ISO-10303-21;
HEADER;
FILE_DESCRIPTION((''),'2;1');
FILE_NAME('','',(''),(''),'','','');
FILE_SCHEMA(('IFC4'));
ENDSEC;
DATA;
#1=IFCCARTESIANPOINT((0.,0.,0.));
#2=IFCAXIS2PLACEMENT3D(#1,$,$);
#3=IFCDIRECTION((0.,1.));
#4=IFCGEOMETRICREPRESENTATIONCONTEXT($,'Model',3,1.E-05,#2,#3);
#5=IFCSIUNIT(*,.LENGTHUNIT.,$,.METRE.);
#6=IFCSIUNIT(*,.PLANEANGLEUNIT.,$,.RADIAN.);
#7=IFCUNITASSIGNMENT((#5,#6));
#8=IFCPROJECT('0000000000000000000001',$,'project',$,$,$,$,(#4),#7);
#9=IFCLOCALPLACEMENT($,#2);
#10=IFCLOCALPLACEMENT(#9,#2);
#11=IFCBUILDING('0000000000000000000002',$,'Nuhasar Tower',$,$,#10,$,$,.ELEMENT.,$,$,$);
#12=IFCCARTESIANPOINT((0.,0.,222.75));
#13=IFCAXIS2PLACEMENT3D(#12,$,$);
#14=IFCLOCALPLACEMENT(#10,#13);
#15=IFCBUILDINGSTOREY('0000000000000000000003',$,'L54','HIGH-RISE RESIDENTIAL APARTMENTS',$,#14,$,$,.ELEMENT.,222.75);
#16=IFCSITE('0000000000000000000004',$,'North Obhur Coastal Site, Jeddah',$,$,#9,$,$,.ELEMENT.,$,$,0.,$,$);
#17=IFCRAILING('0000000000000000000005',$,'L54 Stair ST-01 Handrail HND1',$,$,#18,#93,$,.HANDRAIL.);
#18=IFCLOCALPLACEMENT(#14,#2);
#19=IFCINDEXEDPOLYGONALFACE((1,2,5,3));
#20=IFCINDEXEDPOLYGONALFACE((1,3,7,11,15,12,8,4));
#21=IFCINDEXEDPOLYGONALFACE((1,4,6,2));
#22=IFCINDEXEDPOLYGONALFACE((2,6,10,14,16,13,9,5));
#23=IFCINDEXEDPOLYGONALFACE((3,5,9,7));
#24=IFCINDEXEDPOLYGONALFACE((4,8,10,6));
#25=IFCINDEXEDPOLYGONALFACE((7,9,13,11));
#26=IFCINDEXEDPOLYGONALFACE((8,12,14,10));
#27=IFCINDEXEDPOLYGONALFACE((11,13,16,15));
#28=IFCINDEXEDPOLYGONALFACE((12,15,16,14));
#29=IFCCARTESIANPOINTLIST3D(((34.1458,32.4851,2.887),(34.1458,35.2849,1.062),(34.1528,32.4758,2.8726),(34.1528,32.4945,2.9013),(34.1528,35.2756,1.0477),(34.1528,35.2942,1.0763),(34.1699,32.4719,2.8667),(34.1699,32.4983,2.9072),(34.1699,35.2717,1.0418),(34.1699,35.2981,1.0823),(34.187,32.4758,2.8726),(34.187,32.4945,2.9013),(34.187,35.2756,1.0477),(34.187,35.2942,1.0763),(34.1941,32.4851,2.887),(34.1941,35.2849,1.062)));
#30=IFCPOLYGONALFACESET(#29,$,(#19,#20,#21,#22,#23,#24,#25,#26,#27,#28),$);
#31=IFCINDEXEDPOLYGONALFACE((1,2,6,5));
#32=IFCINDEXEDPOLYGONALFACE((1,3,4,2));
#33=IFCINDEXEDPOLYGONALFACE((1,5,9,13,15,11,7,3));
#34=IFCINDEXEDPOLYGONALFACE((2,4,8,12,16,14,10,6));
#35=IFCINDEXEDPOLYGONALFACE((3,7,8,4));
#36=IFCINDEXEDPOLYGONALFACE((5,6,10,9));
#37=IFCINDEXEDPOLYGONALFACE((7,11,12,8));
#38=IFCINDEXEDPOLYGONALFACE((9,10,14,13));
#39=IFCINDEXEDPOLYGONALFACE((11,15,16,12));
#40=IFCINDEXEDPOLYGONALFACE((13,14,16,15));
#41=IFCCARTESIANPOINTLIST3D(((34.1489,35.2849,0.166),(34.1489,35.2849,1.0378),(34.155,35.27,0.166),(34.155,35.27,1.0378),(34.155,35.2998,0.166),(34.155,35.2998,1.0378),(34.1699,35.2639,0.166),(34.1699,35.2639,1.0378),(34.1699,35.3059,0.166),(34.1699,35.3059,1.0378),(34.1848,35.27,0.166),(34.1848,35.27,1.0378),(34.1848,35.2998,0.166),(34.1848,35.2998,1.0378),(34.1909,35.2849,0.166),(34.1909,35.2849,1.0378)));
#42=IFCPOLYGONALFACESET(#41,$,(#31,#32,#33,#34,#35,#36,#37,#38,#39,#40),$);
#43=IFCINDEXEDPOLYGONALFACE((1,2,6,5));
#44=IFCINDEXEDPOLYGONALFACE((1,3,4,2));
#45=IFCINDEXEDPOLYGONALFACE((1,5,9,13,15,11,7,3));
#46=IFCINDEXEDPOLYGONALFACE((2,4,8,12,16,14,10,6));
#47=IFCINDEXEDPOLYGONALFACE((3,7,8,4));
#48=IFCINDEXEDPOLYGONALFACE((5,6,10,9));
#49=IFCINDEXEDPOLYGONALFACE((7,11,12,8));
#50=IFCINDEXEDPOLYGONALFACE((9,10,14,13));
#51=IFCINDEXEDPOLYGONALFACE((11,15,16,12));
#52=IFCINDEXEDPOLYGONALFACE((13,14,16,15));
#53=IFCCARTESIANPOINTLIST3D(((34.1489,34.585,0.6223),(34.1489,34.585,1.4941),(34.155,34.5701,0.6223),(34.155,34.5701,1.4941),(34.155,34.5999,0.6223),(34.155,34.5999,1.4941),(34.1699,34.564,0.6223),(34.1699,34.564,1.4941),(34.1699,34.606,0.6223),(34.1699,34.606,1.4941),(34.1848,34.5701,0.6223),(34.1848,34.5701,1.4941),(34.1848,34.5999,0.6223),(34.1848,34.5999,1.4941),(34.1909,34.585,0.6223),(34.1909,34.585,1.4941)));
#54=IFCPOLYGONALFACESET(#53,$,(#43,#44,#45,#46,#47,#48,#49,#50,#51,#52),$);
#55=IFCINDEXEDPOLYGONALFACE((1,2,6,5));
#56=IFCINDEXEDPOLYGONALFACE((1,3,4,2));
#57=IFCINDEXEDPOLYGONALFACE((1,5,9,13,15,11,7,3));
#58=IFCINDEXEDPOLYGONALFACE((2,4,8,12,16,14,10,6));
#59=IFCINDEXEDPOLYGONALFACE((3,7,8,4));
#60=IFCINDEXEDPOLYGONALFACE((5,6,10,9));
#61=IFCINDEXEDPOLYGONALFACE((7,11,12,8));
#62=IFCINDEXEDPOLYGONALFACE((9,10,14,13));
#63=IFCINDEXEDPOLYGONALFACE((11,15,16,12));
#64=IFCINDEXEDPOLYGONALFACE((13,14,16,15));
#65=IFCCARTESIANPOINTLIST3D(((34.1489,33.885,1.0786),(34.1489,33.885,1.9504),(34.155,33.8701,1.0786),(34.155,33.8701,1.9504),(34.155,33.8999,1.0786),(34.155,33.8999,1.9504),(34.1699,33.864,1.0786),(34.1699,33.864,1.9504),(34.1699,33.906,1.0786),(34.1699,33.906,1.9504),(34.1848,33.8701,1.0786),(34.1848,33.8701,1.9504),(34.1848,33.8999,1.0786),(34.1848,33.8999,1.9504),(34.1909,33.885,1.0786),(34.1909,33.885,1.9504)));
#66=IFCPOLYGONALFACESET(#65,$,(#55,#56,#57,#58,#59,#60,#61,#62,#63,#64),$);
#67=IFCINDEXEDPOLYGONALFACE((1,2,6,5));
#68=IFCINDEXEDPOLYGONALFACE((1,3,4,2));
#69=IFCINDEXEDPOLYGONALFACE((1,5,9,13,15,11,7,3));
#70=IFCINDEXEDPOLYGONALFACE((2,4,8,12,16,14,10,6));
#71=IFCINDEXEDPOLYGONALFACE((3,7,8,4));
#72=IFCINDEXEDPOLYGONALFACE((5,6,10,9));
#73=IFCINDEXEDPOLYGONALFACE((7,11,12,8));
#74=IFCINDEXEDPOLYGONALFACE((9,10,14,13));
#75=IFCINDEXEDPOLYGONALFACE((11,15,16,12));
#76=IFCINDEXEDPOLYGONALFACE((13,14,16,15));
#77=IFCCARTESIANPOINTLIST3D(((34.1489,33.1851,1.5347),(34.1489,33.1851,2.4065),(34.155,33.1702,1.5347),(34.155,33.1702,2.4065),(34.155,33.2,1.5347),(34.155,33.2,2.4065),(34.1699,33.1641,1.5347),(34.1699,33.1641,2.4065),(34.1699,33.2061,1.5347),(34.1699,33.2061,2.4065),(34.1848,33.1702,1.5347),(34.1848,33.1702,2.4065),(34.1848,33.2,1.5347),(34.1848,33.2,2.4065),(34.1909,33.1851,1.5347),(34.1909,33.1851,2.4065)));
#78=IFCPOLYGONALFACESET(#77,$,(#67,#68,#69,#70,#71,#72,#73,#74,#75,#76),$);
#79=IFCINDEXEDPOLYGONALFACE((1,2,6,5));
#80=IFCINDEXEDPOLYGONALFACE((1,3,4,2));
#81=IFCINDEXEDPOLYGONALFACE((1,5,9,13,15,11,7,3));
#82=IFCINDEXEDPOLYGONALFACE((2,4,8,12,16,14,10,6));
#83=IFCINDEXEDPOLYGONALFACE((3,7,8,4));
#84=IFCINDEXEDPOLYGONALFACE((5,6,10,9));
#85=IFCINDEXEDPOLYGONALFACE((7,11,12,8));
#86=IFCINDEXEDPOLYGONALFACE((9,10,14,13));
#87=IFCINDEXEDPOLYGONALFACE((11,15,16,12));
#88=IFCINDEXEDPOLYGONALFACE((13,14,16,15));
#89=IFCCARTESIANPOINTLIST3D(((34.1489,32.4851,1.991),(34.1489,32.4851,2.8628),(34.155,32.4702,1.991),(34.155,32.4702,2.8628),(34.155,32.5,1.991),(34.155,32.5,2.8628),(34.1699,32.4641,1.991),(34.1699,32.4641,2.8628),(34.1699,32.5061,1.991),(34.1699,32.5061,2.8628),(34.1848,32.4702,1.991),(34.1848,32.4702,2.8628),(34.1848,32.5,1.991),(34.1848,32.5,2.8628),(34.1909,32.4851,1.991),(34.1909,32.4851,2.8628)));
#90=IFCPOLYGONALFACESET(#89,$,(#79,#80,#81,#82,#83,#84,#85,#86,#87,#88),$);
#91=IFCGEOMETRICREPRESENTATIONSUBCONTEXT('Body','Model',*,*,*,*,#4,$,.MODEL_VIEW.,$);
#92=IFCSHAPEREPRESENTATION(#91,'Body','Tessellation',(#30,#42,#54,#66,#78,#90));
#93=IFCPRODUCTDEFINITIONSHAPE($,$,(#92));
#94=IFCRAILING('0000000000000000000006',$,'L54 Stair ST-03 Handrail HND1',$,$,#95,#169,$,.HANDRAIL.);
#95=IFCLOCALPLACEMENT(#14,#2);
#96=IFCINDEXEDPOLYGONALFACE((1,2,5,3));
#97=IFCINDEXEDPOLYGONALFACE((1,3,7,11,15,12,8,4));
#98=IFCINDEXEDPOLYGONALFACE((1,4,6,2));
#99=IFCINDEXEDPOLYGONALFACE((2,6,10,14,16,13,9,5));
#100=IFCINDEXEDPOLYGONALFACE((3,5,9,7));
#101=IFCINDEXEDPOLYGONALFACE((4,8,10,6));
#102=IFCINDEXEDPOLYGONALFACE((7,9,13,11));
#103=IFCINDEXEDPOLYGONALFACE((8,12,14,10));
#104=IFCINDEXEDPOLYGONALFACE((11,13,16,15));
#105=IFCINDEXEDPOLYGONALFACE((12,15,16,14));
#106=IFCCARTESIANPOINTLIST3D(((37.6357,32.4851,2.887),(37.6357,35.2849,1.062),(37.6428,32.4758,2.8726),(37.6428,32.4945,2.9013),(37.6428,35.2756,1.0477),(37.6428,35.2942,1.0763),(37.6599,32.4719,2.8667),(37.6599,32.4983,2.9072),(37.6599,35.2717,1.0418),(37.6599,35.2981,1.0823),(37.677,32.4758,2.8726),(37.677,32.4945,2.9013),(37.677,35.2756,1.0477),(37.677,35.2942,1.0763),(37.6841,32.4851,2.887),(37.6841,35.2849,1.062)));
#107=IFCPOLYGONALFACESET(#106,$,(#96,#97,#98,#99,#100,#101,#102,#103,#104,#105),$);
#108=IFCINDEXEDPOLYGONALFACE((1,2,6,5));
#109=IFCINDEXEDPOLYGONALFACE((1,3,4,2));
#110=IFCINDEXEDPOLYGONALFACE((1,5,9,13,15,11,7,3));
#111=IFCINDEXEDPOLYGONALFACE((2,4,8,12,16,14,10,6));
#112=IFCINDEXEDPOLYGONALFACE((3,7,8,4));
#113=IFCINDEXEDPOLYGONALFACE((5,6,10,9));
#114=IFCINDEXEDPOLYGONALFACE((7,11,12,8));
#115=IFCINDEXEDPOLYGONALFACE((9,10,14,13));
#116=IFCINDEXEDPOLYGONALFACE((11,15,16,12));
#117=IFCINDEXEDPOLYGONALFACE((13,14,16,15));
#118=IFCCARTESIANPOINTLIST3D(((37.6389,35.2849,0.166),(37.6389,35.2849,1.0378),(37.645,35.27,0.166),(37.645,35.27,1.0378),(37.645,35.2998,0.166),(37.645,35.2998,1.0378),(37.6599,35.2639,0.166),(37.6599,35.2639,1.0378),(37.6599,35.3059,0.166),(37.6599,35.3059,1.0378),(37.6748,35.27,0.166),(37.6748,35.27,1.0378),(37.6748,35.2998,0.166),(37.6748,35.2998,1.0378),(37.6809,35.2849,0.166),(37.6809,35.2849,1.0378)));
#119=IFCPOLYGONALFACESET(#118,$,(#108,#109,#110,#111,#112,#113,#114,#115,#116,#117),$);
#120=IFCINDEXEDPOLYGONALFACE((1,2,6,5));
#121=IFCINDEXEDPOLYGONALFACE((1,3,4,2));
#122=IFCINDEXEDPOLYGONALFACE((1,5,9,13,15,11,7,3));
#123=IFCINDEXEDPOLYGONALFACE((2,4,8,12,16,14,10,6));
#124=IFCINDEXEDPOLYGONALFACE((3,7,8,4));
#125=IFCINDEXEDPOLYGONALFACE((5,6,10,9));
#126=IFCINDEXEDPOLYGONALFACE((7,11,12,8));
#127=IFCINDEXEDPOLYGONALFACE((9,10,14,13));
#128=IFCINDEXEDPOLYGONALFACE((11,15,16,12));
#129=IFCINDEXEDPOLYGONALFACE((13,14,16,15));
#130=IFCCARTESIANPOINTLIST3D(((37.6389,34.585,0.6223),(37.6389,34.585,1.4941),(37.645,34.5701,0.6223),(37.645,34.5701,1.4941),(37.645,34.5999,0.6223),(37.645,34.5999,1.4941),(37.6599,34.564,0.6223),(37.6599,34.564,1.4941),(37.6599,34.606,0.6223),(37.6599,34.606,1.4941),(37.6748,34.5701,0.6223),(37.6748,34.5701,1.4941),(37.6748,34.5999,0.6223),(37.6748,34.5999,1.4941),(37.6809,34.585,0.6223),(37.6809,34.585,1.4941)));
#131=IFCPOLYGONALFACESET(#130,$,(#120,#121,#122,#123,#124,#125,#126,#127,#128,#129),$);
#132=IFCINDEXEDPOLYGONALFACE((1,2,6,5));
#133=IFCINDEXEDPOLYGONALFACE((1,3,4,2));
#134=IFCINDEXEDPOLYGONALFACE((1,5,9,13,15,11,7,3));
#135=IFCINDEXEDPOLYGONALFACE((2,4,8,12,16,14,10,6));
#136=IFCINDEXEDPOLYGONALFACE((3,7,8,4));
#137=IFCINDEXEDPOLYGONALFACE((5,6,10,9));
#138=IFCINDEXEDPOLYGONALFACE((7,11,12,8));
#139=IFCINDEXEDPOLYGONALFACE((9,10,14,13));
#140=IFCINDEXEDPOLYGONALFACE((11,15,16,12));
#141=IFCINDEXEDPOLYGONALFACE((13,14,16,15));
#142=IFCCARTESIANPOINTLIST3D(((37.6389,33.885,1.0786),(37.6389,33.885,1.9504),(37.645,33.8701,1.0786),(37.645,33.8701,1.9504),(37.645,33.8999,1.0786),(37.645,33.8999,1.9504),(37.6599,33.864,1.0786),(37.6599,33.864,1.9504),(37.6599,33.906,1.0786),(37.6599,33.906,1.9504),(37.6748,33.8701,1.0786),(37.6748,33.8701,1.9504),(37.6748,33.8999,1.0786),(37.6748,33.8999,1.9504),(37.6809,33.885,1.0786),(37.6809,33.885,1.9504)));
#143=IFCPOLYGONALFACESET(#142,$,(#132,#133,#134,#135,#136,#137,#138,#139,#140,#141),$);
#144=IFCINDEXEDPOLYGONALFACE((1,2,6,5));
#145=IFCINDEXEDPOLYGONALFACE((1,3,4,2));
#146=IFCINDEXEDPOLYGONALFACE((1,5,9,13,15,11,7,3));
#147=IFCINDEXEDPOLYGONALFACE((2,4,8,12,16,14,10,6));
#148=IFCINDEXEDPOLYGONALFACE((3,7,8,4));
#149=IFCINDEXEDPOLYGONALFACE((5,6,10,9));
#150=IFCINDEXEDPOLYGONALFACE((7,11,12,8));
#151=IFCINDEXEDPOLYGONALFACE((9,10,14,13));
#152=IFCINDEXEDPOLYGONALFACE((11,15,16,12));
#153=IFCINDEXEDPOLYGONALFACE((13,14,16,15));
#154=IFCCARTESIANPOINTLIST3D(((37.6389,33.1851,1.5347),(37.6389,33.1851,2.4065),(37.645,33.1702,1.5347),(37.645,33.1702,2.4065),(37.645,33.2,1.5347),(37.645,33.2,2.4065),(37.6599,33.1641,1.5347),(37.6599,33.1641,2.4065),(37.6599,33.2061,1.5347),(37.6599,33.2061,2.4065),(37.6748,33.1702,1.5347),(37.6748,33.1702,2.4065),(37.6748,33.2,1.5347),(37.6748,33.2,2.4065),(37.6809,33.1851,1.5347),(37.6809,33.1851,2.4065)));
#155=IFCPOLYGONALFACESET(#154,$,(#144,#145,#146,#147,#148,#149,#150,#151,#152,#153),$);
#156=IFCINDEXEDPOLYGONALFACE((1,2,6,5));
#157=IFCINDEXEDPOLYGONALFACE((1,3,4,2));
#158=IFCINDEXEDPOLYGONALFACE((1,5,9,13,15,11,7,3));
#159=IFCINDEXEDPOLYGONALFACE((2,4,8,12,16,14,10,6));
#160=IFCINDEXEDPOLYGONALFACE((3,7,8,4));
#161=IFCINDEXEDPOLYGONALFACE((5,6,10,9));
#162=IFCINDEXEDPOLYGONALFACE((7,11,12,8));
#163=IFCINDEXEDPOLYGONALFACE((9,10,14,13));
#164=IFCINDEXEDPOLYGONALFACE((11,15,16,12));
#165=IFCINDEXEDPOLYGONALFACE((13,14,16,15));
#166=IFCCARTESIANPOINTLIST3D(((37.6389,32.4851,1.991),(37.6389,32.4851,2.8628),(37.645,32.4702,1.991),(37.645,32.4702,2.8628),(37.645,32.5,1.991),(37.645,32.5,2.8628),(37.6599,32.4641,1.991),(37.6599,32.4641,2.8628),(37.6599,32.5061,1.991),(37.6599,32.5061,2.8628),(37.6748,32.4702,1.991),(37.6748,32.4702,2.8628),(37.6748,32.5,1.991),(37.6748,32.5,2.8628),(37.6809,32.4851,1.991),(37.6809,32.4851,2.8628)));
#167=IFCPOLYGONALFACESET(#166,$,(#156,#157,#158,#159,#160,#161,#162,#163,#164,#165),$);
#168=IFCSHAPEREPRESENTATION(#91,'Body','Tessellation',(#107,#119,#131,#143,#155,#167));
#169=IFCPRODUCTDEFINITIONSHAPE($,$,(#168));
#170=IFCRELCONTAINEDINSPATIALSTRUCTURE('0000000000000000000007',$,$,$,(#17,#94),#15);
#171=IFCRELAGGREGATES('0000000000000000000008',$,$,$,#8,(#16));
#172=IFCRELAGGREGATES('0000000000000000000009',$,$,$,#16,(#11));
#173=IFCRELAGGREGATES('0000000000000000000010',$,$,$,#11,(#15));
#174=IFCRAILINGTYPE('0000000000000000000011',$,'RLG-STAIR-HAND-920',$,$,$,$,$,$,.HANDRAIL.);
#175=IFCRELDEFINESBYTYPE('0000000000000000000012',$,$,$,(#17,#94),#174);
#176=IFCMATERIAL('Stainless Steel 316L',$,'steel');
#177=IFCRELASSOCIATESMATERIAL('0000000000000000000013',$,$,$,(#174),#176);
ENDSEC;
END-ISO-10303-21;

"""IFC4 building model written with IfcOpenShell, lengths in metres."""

from ifc_helpers import new_model, si_unit, direction, frame, origin, place, context, subcontext, project, spatial, polyline, outline, extrude, material, type_object, element, save


model = new_model("IFC4")

# Units and contexts
model_context = context("Model", 3, precision=1e-05, world=origin(), true_north=direction((0.0, 1.0)))
body_context = subcontext(model_context, "Body", "Model", "MODEL_VIEW")
ifc_project = project(units=[si_unit("LENGTHUNIT", "METRE"), si_unit("PLANEANGLEUNIT", "RADIAN")], contexts=[model_context])

# Site, building, storey
site_placement = place(None, origin())
site = spatial("IfcSite", under=ifc_project, at=site_placement, Name="North Obhur Coastal Site, Jeddah", CompositionType="ELEMENT", RefElevation=0.0)
building_placement = place(site_placement, origin())
building = spatial("IfcBuilding", under=site, at=building_placement, Name="Nuhasar Tower", CompositionType="ELEMENT")
storey_placement = place(building_placement, frame((0.0, 0.0, 222.75)))
storey = spatial("IfcBuildingStorey", under=building, at=storey_placement, Name="L54", Description="HIGH-RISE RESIDENTIAL APARTMENTS", CompositionType="ELEMENT", Elevation=222.75)

# Railings
ifc_material_1 = material(Name="Stainless Steel 316L", Category="steel")
railing_type_1 = type_object("IfcRailingType", Name="RLG-STAIR-HAND-920", PredefinedType="HANDRAIL", material=ifc_material_1)
railing_1_placement = place(storey_placement, frame((34.1699, 35.2849, 0.166)))
element("IfcRailing", 1, at=railing_1_placement, inside=storey, type_object=railing_type_1, Name="L54 Stair ST-01 Handrail HND1", PredefinedType="HANDRAIL", context=body_context, shape_type="SweptSolid", body=[
    extrude(outline(polyline([(0.0242, 0.0), (0.0171, 0.0171), (0.0, 0.0242), (-0.0171, 0.0171), (-0.0242, 0.0), (-0.0171, -0.0171), (0.0, -0.0242), (0.0171, -0.0171), (0.0242, 0.0)])), frame((0.0, 0.0, 0.896), z_axis=(0.0, -0.837749, 0.546056), x_axis=(1.0, 0.0, 0.0)), (0.0, 0.0, 1.0), 3.342),
    extrude(outline(polyline([(0.021, 0.0), (0.0149, 0.0149), (0.0, 0.021), (-0.0149, 0.0149), (-0.021, 0.0), (-0.0149, -0.0149), (0.0, -0.021), (0.0149, -0.0149), (0.021, 0.0)])), origin(), (0.0, 0.0, 1.0), 0.8718),
    extrude(outline(polyline([(0.021, 0.0), (0.0149, 0.0149), (0.0, 0.021), (-0.0149, 0.0149), (-0.021, 0.0), (-0.0149, -0.0149), (0.0, -0.021), (0.0149, -0.0149), (0.021, 0.0)])), frame((0.0, -0.7, 0.4563)), (0.0, 0.0, 1.0), 0.8718),
    extrude(outline(polyline([(0.021, 0.0), (0.0149, 0.0149), (0.0, 0.021), (-0.0149, 0.0149), (-0.021, 0.0), (-0.0149, -0.0149), (0.0, -0.021), (0.0149, -0.0149), (0.021, 0.0)])), frame((0.0, -1.3999, 0.9126)), (0.0, 0.0, 1.0), 0.8718),
    extrude(outline(polyline([(0.021, 0.0), (0.0149, 0.0149), (0.0, 0.021), (-0.0149, 0.0149), (-0.021, 0.0), (-0.0149, -0.0149), (0.0, -0.021), (0.0149, -0.0149), (0.021, 0.0)])), frame((0.0, -2.0999, 1.3687)), (0.0, 0.0, 1.0), 0.8718),
    extrude(outline(polyline([(0.021, 0.0), (0.0149, 0.0149), (0.0, 0.021), (-0.0149, 0.0149), (-0.021, 0.0), (-0.0149, -0.0149), (0.0, -0.021), (0.0149, -0.0149), (0.021, 0.0)])), frame((0.0, -2.7998, 1.825)), (0.0, 0.0, 1.0), 0.8718),
])
railing_2_placement = place(storey_placement, frame((37.6599, 35.2849, 0.166)))
element("IfcRailing", 2, at=railing_2_placement, inside=storey, type_object=railing_type_1, Name="L54 Stair ST-03 Handrail HND1", PredefinedType="HANDRAIL", context=body_context, shape_type="SweptSolid", body=[
    extrude(outline(polyline([(0.0242, 0.0), (0.0171, 0.0171), (0.0, 0.0242), (-0.0171, 0.0171), (-0.0242, 0.0), (-0.0171, -0.0171), (0.0, -0.0242), (0.0171, -0.0171), (0.0242, 0.0)])), frame((0.0, 0.0, 0.896), z_axis=(0.0, -0.837749, 0.546056), x_axis=(1.0, 0.0, 0.0)), (0.0, 0.0, 1.0), 3.342),
    extrude(outline(polyline([(0.021, 0.0), (0.0149, 0.0149), (0.0, 0.021), (-0.0149, 0.0149), (-0.021, 0.0), (-0.0149, -0.0149), (0.0, -0.021), (0.0149, -0.0149), (0.021, 0.0)])), origin(), (0.0, 0.0, 1.0), 0.8718),
    extrude(outline(polyline([(0.021, 0.0), (0.0149, 0.0149), (0.0, 0.021), (-0.0149, 0.0149), (-0.021, 0.0), (-0.0149, -0.0149), (0.0, -0.021), (0.0149, -0.0149), (0.021, 0.0)])), frame((0.0, -0.7, 0.4563)), (0.0, 0.0, 1.0), 0.8718),
    extrude(outline(polyline([(0.021, 0.0), (0.0149, 0.0149), (0.0, 0.021), (-0.0149, 0.0149), (-0.021, 0.0), (-0.0149, -0.0149), (0.0, -0.021), (0.0149, -0.0149), (0.021, 0.0)])), frame((0.0, -1.3999, 0.9126)), (0.0, 0.0, 1.0), 0.8718),
    extrude(outline(polyline([(0.021, 0.0), (0.0149, 0.0149), (0.0, 0.021), (-0.0149, 0.0149), (-0.021, 0.0), (-0.0149, -0.0149), (0.0, -0.021), (0.0149, -0.0149), (0.021, 0.0)])), frame((0.0, -2.0999, 1.3687)), (0.0, 0.0, 1.0), 0.8718),
    extrude(outline(polyline([(0.021, 0.0), (0.0149, 0.0149), (0.0, 0.021), (-0.0149, 0.0149), (-0.021, 0.0), (-0.0149, -0.0149), (0.0, -0.021), (0.0149, -0.0149), (0.021, 0.0)])), frame((0.0, -2.7998, 1.825)), (0.0, 0.0, 1.0), 0.8718),
])

save(model, "model.ifc")
